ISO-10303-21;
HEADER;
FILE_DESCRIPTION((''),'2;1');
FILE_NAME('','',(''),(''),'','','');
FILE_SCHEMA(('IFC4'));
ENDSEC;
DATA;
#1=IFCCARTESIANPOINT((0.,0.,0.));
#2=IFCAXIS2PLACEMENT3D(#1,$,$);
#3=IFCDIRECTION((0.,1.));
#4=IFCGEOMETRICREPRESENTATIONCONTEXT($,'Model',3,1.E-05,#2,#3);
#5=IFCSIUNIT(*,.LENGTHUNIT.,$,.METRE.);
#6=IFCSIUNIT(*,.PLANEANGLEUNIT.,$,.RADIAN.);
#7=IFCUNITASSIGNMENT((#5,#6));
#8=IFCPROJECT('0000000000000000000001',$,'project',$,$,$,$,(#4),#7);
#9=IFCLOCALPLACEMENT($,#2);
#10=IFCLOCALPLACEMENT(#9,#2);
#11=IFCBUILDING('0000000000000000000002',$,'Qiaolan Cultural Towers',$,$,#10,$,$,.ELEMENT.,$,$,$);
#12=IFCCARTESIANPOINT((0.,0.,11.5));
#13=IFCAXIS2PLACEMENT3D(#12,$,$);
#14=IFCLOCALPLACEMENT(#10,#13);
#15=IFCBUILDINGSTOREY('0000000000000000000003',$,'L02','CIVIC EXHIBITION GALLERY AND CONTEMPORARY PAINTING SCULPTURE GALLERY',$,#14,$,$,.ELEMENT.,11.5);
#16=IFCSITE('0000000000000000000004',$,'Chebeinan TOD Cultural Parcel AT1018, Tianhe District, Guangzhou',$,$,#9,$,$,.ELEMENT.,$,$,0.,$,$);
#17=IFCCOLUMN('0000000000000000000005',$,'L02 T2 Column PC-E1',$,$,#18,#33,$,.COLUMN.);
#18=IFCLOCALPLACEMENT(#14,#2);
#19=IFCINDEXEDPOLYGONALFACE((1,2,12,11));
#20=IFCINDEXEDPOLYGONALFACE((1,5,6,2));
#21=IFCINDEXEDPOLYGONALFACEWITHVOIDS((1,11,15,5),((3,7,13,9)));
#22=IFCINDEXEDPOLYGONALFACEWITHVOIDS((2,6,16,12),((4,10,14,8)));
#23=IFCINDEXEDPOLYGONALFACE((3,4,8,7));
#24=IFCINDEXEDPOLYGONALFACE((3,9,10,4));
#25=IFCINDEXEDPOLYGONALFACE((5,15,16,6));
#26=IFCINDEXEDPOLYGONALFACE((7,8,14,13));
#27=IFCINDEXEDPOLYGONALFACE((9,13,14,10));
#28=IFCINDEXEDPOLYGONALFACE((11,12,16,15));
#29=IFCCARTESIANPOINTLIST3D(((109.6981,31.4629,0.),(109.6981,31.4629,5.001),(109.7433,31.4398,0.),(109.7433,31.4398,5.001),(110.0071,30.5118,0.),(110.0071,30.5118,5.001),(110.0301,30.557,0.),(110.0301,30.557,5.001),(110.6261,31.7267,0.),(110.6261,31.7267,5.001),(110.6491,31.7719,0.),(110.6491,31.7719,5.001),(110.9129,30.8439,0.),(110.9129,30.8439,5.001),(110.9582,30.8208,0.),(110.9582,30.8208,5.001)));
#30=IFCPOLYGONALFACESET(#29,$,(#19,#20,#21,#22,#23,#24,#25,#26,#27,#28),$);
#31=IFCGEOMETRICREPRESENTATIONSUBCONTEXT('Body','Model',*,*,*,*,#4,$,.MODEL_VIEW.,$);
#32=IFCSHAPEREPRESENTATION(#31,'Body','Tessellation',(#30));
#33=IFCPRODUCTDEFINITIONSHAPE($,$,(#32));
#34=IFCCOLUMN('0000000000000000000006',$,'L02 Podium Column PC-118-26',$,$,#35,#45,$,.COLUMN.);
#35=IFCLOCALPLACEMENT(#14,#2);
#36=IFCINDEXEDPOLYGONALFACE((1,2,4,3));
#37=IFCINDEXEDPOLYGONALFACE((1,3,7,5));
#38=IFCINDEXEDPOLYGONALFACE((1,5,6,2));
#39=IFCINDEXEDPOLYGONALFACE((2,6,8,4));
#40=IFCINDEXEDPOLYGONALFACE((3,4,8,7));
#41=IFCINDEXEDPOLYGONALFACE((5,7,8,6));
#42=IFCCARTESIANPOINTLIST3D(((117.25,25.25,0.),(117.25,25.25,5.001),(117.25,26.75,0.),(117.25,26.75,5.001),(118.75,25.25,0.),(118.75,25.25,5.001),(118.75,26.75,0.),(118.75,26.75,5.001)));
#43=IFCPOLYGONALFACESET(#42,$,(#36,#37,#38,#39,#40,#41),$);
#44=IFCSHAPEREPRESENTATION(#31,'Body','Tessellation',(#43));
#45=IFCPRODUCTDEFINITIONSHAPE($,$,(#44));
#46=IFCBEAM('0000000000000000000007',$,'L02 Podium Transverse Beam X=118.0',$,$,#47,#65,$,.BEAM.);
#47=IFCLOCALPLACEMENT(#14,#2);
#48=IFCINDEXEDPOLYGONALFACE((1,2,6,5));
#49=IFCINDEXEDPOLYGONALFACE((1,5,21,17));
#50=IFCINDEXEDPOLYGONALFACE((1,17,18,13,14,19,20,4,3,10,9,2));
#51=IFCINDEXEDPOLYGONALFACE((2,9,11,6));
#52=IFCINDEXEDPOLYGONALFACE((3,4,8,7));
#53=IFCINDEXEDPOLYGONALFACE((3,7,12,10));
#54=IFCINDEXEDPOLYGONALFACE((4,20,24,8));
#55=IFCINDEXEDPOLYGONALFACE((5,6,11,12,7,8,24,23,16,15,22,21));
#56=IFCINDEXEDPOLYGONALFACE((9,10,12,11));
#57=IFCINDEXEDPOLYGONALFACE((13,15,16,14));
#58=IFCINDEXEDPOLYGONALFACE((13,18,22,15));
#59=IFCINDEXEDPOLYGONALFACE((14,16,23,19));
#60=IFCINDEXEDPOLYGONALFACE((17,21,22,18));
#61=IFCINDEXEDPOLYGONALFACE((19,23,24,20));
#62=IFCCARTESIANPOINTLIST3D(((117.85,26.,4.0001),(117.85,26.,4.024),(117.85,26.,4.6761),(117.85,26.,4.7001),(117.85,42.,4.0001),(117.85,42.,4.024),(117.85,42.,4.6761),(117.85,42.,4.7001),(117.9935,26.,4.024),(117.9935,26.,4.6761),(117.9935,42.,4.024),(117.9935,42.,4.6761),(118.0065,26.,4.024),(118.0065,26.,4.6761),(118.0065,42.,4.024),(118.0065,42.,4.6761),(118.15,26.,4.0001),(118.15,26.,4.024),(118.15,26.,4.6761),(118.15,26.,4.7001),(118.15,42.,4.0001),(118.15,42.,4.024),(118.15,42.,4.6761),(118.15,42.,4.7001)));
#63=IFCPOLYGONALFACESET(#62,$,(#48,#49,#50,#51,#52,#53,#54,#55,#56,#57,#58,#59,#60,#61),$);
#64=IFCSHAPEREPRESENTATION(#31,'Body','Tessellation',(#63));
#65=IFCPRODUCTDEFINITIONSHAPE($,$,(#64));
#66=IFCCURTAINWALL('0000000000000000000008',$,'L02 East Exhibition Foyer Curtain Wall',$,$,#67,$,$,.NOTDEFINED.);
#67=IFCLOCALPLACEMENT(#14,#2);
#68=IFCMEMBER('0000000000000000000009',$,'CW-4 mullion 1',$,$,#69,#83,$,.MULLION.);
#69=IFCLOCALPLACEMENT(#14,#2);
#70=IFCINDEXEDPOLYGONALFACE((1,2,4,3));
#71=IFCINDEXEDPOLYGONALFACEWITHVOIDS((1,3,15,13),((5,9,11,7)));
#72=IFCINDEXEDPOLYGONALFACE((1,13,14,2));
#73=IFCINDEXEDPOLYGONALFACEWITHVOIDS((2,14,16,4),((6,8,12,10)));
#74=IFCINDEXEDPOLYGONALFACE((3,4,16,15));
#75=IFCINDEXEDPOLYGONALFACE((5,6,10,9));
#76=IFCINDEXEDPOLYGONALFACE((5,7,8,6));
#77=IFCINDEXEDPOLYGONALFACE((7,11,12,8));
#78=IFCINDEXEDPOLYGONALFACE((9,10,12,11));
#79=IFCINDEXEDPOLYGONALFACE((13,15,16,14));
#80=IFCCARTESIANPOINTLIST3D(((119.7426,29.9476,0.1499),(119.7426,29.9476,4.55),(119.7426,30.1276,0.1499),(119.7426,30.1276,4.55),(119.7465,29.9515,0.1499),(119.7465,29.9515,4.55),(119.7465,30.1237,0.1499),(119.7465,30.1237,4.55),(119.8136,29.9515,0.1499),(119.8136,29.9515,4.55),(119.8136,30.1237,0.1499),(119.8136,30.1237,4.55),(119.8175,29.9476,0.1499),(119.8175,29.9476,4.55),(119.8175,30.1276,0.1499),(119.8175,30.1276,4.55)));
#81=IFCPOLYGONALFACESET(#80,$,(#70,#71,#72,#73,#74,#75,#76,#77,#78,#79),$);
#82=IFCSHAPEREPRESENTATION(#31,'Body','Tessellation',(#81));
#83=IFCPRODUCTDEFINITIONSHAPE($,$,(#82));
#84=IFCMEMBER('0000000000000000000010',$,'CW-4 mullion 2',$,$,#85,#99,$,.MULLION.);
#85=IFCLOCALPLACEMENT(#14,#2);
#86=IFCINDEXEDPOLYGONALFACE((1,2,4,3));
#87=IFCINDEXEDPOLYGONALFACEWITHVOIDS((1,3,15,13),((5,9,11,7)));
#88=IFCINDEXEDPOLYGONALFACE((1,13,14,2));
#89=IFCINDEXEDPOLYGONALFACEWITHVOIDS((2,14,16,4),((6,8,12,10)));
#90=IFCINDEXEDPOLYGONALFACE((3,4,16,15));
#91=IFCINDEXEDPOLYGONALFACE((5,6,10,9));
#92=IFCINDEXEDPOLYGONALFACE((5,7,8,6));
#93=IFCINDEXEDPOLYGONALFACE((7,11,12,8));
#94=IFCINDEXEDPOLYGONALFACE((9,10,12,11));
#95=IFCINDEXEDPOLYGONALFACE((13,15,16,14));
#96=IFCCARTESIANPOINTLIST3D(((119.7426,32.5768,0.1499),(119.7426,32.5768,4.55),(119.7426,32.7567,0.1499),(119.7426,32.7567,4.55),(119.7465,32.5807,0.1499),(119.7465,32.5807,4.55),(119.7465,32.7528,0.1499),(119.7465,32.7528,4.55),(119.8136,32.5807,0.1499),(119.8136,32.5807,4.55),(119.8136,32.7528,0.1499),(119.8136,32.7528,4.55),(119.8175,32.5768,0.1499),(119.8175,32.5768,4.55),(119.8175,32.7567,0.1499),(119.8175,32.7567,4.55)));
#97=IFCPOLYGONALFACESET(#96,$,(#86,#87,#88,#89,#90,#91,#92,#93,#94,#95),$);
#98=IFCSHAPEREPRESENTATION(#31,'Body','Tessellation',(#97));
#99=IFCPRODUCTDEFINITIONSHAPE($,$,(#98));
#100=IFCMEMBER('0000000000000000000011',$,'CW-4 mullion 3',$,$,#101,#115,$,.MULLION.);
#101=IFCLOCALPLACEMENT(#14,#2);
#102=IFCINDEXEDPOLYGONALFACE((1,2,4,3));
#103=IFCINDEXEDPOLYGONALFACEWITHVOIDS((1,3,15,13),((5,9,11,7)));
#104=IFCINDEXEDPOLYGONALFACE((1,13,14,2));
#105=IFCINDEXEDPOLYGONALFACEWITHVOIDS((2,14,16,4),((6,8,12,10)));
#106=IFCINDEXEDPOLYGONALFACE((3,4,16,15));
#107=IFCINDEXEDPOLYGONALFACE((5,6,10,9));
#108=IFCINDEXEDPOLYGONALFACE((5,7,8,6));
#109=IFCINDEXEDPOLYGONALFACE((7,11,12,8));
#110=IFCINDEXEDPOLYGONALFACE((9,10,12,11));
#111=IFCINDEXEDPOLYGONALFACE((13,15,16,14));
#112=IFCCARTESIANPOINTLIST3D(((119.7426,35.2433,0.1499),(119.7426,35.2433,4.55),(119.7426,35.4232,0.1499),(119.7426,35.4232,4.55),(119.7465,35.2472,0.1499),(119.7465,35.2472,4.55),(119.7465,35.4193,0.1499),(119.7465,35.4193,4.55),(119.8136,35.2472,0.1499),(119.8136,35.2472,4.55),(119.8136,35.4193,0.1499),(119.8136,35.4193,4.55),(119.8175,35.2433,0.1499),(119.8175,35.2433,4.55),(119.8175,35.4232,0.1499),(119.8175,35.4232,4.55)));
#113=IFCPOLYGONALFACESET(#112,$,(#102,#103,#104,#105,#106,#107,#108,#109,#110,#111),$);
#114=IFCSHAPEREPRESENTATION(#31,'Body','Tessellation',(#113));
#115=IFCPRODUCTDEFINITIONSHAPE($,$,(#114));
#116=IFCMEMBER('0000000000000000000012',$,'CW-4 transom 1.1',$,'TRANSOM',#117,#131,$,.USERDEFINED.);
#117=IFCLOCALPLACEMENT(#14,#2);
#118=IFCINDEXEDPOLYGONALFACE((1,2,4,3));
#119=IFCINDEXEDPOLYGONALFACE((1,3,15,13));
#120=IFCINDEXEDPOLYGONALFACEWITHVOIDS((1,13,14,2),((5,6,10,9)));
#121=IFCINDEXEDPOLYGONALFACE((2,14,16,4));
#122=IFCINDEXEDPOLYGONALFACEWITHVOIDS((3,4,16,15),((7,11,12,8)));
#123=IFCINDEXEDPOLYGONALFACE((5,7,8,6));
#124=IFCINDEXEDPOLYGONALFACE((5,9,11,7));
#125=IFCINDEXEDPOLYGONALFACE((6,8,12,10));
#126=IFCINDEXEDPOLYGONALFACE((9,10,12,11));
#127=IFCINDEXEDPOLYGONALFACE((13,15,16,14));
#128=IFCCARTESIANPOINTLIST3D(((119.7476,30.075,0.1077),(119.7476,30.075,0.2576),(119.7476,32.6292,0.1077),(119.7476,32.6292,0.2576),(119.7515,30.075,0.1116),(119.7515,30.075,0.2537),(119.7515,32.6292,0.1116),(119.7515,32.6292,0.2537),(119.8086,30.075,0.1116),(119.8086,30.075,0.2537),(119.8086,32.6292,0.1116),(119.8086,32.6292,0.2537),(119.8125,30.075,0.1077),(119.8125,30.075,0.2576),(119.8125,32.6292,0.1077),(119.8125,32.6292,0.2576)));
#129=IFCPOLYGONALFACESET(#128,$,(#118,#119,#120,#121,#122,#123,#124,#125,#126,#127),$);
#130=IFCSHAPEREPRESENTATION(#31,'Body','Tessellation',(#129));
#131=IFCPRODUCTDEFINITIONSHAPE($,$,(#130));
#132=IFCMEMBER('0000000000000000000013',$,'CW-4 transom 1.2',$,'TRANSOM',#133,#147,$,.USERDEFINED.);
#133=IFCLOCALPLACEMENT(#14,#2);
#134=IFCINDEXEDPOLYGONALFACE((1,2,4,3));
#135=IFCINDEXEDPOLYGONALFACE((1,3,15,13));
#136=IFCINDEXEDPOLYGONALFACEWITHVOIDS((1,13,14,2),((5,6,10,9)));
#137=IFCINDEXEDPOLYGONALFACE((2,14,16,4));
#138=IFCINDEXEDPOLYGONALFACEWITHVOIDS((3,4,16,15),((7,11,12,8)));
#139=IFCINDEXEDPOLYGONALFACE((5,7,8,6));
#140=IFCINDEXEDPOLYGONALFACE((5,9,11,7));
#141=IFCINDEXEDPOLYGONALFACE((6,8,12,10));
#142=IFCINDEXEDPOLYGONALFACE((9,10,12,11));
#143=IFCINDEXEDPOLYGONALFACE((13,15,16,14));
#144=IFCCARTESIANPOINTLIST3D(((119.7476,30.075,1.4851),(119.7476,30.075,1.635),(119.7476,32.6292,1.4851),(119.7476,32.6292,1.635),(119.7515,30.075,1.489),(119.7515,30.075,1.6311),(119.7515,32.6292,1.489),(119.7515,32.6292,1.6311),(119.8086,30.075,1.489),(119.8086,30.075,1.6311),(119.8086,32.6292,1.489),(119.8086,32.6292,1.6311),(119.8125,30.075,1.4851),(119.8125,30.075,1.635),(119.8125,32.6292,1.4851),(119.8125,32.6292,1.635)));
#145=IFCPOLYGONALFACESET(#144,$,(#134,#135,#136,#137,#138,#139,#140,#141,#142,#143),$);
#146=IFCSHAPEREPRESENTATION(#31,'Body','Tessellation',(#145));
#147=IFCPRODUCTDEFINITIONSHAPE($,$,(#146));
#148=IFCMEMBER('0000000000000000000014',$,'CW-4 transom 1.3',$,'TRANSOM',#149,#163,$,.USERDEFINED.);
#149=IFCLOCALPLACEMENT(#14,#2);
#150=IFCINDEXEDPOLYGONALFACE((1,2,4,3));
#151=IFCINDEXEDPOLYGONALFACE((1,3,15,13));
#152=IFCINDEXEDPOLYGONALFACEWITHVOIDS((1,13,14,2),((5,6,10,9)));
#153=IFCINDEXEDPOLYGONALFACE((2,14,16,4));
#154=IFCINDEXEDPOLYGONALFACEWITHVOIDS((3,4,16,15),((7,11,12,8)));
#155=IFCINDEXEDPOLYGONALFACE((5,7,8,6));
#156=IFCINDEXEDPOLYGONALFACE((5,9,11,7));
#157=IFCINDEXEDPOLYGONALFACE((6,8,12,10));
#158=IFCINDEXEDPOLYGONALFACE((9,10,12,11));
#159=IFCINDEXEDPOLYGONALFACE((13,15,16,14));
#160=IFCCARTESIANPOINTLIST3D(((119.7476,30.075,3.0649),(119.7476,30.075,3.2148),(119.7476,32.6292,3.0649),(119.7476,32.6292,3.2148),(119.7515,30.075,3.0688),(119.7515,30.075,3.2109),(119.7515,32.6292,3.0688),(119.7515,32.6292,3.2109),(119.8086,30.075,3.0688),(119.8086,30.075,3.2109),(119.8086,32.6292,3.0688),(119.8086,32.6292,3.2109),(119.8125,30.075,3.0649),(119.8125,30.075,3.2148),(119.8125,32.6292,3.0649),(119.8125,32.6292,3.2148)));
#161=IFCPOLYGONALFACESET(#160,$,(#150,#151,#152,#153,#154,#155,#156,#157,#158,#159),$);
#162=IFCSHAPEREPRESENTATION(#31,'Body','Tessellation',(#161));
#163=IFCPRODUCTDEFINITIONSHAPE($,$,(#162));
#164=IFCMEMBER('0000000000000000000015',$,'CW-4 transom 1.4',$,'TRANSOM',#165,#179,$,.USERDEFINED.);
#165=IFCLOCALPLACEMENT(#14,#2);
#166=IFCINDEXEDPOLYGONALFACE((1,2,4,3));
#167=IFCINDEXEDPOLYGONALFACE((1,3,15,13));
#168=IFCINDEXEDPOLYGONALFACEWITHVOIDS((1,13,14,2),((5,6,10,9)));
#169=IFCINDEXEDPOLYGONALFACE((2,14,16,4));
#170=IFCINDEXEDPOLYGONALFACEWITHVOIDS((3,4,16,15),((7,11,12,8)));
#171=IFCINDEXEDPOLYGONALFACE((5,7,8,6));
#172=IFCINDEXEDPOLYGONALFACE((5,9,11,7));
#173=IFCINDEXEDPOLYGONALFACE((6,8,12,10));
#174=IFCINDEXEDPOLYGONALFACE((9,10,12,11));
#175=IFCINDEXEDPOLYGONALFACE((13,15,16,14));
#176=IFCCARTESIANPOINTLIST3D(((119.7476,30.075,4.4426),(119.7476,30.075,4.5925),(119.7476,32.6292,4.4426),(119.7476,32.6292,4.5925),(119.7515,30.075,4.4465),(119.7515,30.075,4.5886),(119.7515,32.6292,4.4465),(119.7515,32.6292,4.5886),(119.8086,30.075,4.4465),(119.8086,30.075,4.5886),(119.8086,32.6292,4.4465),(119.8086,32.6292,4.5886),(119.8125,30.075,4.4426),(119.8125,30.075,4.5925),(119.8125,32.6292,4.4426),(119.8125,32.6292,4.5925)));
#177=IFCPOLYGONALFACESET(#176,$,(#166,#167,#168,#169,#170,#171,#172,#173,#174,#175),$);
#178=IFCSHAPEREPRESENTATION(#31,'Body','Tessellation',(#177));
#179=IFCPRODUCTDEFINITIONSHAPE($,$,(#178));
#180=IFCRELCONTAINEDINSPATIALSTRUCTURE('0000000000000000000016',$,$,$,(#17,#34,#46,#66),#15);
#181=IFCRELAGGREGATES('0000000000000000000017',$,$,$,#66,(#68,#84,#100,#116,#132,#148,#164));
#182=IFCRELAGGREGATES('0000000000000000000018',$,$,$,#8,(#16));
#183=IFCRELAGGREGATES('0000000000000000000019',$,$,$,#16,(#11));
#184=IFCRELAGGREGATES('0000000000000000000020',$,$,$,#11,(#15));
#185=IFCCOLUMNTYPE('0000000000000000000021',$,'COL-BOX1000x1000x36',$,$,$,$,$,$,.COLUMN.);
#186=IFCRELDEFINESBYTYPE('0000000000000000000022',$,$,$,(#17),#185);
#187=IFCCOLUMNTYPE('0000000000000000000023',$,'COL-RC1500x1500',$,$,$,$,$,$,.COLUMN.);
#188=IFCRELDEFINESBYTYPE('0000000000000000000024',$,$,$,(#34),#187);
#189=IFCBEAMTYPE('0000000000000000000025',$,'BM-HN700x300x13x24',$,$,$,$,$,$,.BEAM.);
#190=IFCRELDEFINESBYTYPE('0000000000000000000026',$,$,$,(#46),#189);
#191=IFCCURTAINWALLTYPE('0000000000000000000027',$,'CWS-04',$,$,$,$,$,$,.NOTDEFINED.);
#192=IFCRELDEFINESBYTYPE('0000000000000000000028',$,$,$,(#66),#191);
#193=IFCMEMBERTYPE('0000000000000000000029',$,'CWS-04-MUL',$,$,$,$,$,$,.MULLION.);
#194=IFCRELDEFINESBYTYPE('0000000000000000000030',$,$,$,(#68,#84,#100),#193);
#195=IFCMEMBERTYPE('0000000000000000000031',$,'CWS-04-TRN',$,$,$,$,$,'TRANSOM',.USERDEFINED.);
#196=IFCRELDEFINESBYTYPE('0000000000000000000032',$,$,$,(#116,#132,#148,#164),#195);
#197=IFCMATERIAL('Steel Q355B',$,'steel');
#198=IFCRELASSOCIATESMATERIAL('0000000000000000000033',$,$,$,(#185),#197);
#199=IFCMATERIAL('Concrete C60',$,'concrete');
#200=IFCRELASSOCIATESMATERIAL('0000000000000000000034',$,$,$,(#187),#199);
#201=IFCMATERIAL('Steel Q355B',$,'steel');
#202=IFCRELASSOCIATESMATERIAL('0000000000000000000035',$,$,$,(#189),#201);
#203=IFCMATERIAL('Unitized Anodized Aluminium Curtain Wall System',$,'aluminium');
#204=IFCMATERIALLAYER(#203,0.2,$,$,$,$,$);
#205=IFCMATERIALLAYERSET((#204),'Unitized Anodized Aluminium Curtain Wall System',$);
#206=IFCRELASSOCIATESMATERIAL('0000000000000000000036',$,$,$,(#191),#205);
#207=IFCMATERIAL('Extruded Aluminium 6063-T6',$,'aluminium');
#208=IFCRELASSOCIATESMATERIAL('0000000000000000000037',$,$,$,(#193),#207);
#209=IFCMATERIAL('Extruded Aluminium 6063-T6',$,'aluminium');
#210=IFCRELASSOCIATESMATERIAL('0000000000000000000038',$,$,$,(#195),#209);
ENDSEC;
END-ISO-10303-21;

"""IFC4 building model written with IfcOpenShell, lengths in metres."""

from ifc_helpers import new_model, si_unit, direction, frame, origin, origin_2d, place, context, subcontext, project, spatial, rectangle, hollow_rectangle, i_section, extrude, material, layer, layer_set, material_profile, profile_set, type_object, element, aggregate, save


model = new_model("IFC4")

# Units and contexts
model_context = context("Model", 3, precision=1e-05, world=origin(), true_north=direction((0.0, 1.0)))
body_context = subcontext(model_context, "Body", "Model", "MODEL_VIEW")
ifc_project = project(units=[si_unit("LENGTHUNIT", "METRE"), si_unit("PLANEANGLEUNIT", "RADIAN")], contexts=[model_context])

# Site, building, storey
site_placement = place(None, origin())
site = spatial("IfcSite", under=ifc_project, at=site_placement, Name="Chebeinan TOD Cultural Parcel AT1018, Tianhe District, Guangzhou", CompositionType="ELEMENT", RefElevation=0.0)
building_placement = place(site_placement, origin())
building = spatial("IfcBuilding", under=site, at=building_placement, Name="Qiaolan Cultural Towers", CompositionType="ELEMENT")
storey_placement = place(building_placement, frame((0.0, 0.0, 11.5)))
storey = spatial("IfcBuildingStorey", under=building, at=storey_placement, Name="L02", Description="CIVIC EXHIBITION GALLERY AND CONTEMPORARY PAINTING SCULPTURE GALLERY", CompositionType="ELEMENT", Elevation=11.5)

# Columns
ifc_material_1 = material(Name="Steel Q355B", Category="steel")
ifc_material_profile_1 = material_profile(ifc_material_1, hollow_rectangle(XDim=1.0, YDim=1.0, WallThickness=0.0359, at=origin_2d()), Name="BOX1000x1000x36")
ifc_profile_set_1 = profile_set([ifc_material_profile_1], Name="Steel Q355B")
column_type_1 = type_object("IfcColumnType", Name="COL-BOX1000x1000x36", PredefinedType="COLUMN", material=ifc_profile_set_1)
column_1_placement = place(storey_placement, frame((110.3281, 31.1418, 0.0), z_axis=(0.0, 0.0, 1.0), x_axis=(0.951057, 0.309017, 0.0)))
element("IfcColumn", 1, at=column_1_placement, inside=storey, type_object=column_type_1, Name="L02 T2 Column PC-E1", PredefinedType="COLUMN", context=body_context, shape_type="SweptSolid", body=[
    extrude(hollow_rectangle(XDim=1.0, YDim=1.0, WallThickness=0.0359, at=origin_2d()), origin(), (0.0, 0.0, 1.0), 5.001),
])
ifc_material_2 = material(Name="Concrete C60", Category="concrete")
ifc_material_profile_2 = material_profile(ifc_material_2, rectangle(XDim=1.5, YDim=1.5, at=origin_2d()), Name="RC1500x1500")
ifc_profile_set_2 = profile_set([ifc_material_profile_2], Name="Concrete C60")
column_type_2 = type_object("IfcColumnType", Name="COL-RC1500x1500", PredefinedType="COLUMN", material=ifc_profile_set_2)
column_2_placement = place(storey_placement, frame((118.0, 26.0, 0.0), z_axis=(0.0, 0.0, 1.0), x_axis=(1.0, 0.0, 0.0)))
element("IfcColumn", 2, at=column_2_placement, inside=storey, type_object=column_type_2, Name="L02 Podium Column PC-118-26", PredefinedType="COLUMN", context=body_context, shape_type="SweptSolid", body=[
    extrude(rectangle(XDim=1.5, YDim=1.5, at=origin_2d()), origin(), (0.0, 0.0, 1.0), 5.001),
])

# Beam
ifc_material_3 = material(Name="Steel Q355B", Category="steel")
ifc_material_profile_3 = material_profile(ifc_material_3, i_section(OverallWidth=0.3, OverallDepth=0.7, WebThickness=0.0129, FlangeThickness=0.0239, at=origin_2d()), Name="HN700x300x13x24")
ifc_profile_set_3 = profile_set([ifc_material_profile_3], Name="Steel Q355B")
beam_type = type_object("IfcBeamType", Name="BM-HN700x300x13x24", PredefinedType="BEAM", material=ifc_profile_set_3)
beam_placement = place(storey_placement, frame((118.0, 26.0, 4.3501), z_axis=(0.0, 1.0, 0.0), x_axis=(-1.0, 0.0, 0.0)))
element("IfcBeam", 3, at=beam_placement, inside=storey, type_object=beam_type, Name="L02 Podium Transverse Beam X=118.0", PredefinedType="BEAM", context=body_context, shape_type="SweptSolid", body=[
    extrude(i_section(OverallWidth=0.3, OverallDepth=0.7, WebThickness=0.0129, FlangeThickness=0.0239, at=origin_2d()), origin(), (0.0, 0.0, 1.0), 16.0),
])

# Curtain wall, members
ifc_material_4 = material(Name="Unitized Anodized Aluminium Curtain Wall System", Category="aluminium")
ifc_layer_1 = layer(ifc_material_4, 0.2)
ifc_layer_set_1 = layer_set([ifc_layer_1], Name="Unitized Anodized Aluminium Curtain Wall System")
curtain_wall_type = type_object("IfcCurtainWallType", Name="CWS-04", PredefinedType="NOTDEFINED", material=ifc_layer_set_1)
curtain_wall_placement = place(storey_placement, origin())
curtain_wall = element("IfcCurtainWall", 4, at=curtain_wall_placement, inside=storey, type_object=curtain_wall_type, Name="L02 East Exhibition Foyer Curtain Wall", PredefinedType="NOTDEFINED")
ifc_material_5 = material(Name="Extruded Aluminium 6063-T6", Category="aluminium")
ifc_material_profile_4 = material_profile(ifc_material_5, hollow_rectangle(XDim=0.075, YDim=0.1799, WallThickness=0.0039, at=origin_2d()), Name="CWM-180x75x4")
ifc_profile_set_4 = profile_set([ifc_material_profile_4], Name="Extruded Aluminium 6063-T6")
member_type_1 = type_object("IfcMemberType", Name="CWS-04-MUL", PredefinedType="MULLION", material=ifc_profile_set_4)
member_1_placement = place(storey_placement, frame((119.78, 30.0376, 0.1499), z_axis=(0.0, 0.0, 1.0), x_axis=(-1.0, 0.0, 0.0)))
member_1 = element("IfcMember", 5, at=member_1_placement, type_object=member_type_1, Name="CW-4 mullion 1", PredefinedType="MULLION", context=body_context, shape_type="SweptSolid", body=[
    extrude(hollow_rectangle(XDim=0.075, YDim=0.1799, WallThickness=0.0039, at=origin_2d()), origin(), (0.0, 0.0, 1.0), 4.4001),
])
member_2_placement = place(storey_placement, frame((119.78, 32.6667, 0.1499), z_axis=(0.0, 0.0, 1.0), x_axis=(-1.0, 0.0, 0.0)))
member_2 = element("IfcMember", 6, at=member_2_placement, type_object=member_type_1, Name="CW-4 mullion 2", PredefinedType="MULLION", context=body_context, shape_type="SweptSolid", body=[
    extrude(hollow_rectangle(XDim=0.075, YDim=0.1799, WallThickness=0.0039, at=origin_2d()), origin(), (0.0, 0.0, 1.0), 4.4001),
])
member_3_placement = place(storey_placement, frame((119.78, 35.3333, 0.1499), z_axis=(0.0, 0.0, 1.0), x_axis=(-1.0, 0.0, 0.0)))
member_3 = element("IfcMember", 7, at=member_3_placement, type_object=member_type_1, Name="CW-4 mullion 3", PredefinedType="MULLION", context=body_context, shape_type="SweptSolid", body=[
    extrude(hollow_rectangle(XDim=0.075, YDim=0.1799, WallThickness=0.0039, at=origin_2d()), origin(), (0.0, 0.0, 1.0), 4.4001),
])
ifc_material_6 = material(Name="Extruded Aluminium 6063-T6", Category="aluminium")
ifc_material_profile_5 = material_profile(ifc_material_6, hollow_rectangle(XDim=0.0649, YDim=0.1499, WallThickness=0.0039, at=origin_2d()), Name="CWT-150x65x4")
ifc_profile_set_5 = profile_set([ifc_material_profile_5], Name="Extruded Aluminium 6063-T6")
member_type_2 = type_object("IfcMemberType", Name="CWS-04-TRN", ElementType="TRANSOM", PredefinedType="USERDEFINED", material=ifc_profile_set_5)
member_4_placement = place(storey_placement, frame((119.78, 30.075, 0.1826), z_axis=(0.0, 1.0, 0.0), x_axis=(-1.0, 0.0, 0.0)))
member_4 = element("IfcMember", 8, at=member_4_placement, type_object=member_type_2, Name="CW-4 transom 1.1", ObjectType="TRANSOM", PredefinedType="USERDEFINED", context=body_context, shape_type="SweptSolid", body=[
    extrude(hollow_rectangle(XDim=0.0649, YDim=0.1499, WallThickness=0.0039, at=origin_2d()), origin(), (0.0, 0.0, 1.0), 2.5542),
])
member_5_placement = place(storey_placement, frame((119.78, 30.075, 1.5601), z_axis=(0.0, 1.0, 0.0), x_axis=(-1.0, 0.0, 0.0)))
member_5 = element("IfcMember", 9, at=member_5_placement, type_object=member_type_2, Name="CW-4 transom 1.2", ObjectType="TRANSOM", PredefinedType="USERDEFINED", context=body_context, shape_type="SweptSolid", body=[
    extrude(hollow_rectangle(XDim=0.0649, YDim=0.1499, WallThickness=0.0039, at=origin_2d()), origin(), (0.0, 0.0, 1.0), 2.5542),
])
member_6_placement = place(storey_placement, frame((119.78, 30.075, 3.1399), z_axis=(0.0, 1.0, 0.0), x_axis=(-1.0, 0.0, 0.0)))
member_6 = element("IfcMember", 10, at=member_6_placement, type_object=member_type_2, Name="CW-4 transom 1.3", ObjectType="TRANSOM", PredefinedType="USERDEFINED", context=body_context, shape_type="SweptSolid", body=[
    extrude(hollow_rectangle(XDim=0.0649, YDim=0.1499, WallThickness=0.0039, at=origin_2d()), origin(), (0.0, 0.0, 1.0), 2.5542),
])
member_7_placement = place(storey_placement, frame((119.78, 30.075, 4.5176), z_axis=(0.0, 1.0, 0.0), x_axis=(-1.0, 0.0, 0.0)))
member_7 = element("IfcMember", 11, at=member_7_placement, type_object=member_type_2, Name="CW-4 transom 1.4", ObjectType="TRANSOM", PredefinedType="USERDEFINED", context=body_context, shape_type="SweptSolid", body=[
    extrude(hollow_rectangle(XDim=0.0649, YDim=0.1499, WallThickness=0.0039, at=origin_2d()), origin(), (0.0, 0.0, 1.0), 2.5542),
])
aggregate(curtain_wall, [member_1, member_2, member_3, member_4, member_5, member_6, member_7])

save(model, "model.ifc")
